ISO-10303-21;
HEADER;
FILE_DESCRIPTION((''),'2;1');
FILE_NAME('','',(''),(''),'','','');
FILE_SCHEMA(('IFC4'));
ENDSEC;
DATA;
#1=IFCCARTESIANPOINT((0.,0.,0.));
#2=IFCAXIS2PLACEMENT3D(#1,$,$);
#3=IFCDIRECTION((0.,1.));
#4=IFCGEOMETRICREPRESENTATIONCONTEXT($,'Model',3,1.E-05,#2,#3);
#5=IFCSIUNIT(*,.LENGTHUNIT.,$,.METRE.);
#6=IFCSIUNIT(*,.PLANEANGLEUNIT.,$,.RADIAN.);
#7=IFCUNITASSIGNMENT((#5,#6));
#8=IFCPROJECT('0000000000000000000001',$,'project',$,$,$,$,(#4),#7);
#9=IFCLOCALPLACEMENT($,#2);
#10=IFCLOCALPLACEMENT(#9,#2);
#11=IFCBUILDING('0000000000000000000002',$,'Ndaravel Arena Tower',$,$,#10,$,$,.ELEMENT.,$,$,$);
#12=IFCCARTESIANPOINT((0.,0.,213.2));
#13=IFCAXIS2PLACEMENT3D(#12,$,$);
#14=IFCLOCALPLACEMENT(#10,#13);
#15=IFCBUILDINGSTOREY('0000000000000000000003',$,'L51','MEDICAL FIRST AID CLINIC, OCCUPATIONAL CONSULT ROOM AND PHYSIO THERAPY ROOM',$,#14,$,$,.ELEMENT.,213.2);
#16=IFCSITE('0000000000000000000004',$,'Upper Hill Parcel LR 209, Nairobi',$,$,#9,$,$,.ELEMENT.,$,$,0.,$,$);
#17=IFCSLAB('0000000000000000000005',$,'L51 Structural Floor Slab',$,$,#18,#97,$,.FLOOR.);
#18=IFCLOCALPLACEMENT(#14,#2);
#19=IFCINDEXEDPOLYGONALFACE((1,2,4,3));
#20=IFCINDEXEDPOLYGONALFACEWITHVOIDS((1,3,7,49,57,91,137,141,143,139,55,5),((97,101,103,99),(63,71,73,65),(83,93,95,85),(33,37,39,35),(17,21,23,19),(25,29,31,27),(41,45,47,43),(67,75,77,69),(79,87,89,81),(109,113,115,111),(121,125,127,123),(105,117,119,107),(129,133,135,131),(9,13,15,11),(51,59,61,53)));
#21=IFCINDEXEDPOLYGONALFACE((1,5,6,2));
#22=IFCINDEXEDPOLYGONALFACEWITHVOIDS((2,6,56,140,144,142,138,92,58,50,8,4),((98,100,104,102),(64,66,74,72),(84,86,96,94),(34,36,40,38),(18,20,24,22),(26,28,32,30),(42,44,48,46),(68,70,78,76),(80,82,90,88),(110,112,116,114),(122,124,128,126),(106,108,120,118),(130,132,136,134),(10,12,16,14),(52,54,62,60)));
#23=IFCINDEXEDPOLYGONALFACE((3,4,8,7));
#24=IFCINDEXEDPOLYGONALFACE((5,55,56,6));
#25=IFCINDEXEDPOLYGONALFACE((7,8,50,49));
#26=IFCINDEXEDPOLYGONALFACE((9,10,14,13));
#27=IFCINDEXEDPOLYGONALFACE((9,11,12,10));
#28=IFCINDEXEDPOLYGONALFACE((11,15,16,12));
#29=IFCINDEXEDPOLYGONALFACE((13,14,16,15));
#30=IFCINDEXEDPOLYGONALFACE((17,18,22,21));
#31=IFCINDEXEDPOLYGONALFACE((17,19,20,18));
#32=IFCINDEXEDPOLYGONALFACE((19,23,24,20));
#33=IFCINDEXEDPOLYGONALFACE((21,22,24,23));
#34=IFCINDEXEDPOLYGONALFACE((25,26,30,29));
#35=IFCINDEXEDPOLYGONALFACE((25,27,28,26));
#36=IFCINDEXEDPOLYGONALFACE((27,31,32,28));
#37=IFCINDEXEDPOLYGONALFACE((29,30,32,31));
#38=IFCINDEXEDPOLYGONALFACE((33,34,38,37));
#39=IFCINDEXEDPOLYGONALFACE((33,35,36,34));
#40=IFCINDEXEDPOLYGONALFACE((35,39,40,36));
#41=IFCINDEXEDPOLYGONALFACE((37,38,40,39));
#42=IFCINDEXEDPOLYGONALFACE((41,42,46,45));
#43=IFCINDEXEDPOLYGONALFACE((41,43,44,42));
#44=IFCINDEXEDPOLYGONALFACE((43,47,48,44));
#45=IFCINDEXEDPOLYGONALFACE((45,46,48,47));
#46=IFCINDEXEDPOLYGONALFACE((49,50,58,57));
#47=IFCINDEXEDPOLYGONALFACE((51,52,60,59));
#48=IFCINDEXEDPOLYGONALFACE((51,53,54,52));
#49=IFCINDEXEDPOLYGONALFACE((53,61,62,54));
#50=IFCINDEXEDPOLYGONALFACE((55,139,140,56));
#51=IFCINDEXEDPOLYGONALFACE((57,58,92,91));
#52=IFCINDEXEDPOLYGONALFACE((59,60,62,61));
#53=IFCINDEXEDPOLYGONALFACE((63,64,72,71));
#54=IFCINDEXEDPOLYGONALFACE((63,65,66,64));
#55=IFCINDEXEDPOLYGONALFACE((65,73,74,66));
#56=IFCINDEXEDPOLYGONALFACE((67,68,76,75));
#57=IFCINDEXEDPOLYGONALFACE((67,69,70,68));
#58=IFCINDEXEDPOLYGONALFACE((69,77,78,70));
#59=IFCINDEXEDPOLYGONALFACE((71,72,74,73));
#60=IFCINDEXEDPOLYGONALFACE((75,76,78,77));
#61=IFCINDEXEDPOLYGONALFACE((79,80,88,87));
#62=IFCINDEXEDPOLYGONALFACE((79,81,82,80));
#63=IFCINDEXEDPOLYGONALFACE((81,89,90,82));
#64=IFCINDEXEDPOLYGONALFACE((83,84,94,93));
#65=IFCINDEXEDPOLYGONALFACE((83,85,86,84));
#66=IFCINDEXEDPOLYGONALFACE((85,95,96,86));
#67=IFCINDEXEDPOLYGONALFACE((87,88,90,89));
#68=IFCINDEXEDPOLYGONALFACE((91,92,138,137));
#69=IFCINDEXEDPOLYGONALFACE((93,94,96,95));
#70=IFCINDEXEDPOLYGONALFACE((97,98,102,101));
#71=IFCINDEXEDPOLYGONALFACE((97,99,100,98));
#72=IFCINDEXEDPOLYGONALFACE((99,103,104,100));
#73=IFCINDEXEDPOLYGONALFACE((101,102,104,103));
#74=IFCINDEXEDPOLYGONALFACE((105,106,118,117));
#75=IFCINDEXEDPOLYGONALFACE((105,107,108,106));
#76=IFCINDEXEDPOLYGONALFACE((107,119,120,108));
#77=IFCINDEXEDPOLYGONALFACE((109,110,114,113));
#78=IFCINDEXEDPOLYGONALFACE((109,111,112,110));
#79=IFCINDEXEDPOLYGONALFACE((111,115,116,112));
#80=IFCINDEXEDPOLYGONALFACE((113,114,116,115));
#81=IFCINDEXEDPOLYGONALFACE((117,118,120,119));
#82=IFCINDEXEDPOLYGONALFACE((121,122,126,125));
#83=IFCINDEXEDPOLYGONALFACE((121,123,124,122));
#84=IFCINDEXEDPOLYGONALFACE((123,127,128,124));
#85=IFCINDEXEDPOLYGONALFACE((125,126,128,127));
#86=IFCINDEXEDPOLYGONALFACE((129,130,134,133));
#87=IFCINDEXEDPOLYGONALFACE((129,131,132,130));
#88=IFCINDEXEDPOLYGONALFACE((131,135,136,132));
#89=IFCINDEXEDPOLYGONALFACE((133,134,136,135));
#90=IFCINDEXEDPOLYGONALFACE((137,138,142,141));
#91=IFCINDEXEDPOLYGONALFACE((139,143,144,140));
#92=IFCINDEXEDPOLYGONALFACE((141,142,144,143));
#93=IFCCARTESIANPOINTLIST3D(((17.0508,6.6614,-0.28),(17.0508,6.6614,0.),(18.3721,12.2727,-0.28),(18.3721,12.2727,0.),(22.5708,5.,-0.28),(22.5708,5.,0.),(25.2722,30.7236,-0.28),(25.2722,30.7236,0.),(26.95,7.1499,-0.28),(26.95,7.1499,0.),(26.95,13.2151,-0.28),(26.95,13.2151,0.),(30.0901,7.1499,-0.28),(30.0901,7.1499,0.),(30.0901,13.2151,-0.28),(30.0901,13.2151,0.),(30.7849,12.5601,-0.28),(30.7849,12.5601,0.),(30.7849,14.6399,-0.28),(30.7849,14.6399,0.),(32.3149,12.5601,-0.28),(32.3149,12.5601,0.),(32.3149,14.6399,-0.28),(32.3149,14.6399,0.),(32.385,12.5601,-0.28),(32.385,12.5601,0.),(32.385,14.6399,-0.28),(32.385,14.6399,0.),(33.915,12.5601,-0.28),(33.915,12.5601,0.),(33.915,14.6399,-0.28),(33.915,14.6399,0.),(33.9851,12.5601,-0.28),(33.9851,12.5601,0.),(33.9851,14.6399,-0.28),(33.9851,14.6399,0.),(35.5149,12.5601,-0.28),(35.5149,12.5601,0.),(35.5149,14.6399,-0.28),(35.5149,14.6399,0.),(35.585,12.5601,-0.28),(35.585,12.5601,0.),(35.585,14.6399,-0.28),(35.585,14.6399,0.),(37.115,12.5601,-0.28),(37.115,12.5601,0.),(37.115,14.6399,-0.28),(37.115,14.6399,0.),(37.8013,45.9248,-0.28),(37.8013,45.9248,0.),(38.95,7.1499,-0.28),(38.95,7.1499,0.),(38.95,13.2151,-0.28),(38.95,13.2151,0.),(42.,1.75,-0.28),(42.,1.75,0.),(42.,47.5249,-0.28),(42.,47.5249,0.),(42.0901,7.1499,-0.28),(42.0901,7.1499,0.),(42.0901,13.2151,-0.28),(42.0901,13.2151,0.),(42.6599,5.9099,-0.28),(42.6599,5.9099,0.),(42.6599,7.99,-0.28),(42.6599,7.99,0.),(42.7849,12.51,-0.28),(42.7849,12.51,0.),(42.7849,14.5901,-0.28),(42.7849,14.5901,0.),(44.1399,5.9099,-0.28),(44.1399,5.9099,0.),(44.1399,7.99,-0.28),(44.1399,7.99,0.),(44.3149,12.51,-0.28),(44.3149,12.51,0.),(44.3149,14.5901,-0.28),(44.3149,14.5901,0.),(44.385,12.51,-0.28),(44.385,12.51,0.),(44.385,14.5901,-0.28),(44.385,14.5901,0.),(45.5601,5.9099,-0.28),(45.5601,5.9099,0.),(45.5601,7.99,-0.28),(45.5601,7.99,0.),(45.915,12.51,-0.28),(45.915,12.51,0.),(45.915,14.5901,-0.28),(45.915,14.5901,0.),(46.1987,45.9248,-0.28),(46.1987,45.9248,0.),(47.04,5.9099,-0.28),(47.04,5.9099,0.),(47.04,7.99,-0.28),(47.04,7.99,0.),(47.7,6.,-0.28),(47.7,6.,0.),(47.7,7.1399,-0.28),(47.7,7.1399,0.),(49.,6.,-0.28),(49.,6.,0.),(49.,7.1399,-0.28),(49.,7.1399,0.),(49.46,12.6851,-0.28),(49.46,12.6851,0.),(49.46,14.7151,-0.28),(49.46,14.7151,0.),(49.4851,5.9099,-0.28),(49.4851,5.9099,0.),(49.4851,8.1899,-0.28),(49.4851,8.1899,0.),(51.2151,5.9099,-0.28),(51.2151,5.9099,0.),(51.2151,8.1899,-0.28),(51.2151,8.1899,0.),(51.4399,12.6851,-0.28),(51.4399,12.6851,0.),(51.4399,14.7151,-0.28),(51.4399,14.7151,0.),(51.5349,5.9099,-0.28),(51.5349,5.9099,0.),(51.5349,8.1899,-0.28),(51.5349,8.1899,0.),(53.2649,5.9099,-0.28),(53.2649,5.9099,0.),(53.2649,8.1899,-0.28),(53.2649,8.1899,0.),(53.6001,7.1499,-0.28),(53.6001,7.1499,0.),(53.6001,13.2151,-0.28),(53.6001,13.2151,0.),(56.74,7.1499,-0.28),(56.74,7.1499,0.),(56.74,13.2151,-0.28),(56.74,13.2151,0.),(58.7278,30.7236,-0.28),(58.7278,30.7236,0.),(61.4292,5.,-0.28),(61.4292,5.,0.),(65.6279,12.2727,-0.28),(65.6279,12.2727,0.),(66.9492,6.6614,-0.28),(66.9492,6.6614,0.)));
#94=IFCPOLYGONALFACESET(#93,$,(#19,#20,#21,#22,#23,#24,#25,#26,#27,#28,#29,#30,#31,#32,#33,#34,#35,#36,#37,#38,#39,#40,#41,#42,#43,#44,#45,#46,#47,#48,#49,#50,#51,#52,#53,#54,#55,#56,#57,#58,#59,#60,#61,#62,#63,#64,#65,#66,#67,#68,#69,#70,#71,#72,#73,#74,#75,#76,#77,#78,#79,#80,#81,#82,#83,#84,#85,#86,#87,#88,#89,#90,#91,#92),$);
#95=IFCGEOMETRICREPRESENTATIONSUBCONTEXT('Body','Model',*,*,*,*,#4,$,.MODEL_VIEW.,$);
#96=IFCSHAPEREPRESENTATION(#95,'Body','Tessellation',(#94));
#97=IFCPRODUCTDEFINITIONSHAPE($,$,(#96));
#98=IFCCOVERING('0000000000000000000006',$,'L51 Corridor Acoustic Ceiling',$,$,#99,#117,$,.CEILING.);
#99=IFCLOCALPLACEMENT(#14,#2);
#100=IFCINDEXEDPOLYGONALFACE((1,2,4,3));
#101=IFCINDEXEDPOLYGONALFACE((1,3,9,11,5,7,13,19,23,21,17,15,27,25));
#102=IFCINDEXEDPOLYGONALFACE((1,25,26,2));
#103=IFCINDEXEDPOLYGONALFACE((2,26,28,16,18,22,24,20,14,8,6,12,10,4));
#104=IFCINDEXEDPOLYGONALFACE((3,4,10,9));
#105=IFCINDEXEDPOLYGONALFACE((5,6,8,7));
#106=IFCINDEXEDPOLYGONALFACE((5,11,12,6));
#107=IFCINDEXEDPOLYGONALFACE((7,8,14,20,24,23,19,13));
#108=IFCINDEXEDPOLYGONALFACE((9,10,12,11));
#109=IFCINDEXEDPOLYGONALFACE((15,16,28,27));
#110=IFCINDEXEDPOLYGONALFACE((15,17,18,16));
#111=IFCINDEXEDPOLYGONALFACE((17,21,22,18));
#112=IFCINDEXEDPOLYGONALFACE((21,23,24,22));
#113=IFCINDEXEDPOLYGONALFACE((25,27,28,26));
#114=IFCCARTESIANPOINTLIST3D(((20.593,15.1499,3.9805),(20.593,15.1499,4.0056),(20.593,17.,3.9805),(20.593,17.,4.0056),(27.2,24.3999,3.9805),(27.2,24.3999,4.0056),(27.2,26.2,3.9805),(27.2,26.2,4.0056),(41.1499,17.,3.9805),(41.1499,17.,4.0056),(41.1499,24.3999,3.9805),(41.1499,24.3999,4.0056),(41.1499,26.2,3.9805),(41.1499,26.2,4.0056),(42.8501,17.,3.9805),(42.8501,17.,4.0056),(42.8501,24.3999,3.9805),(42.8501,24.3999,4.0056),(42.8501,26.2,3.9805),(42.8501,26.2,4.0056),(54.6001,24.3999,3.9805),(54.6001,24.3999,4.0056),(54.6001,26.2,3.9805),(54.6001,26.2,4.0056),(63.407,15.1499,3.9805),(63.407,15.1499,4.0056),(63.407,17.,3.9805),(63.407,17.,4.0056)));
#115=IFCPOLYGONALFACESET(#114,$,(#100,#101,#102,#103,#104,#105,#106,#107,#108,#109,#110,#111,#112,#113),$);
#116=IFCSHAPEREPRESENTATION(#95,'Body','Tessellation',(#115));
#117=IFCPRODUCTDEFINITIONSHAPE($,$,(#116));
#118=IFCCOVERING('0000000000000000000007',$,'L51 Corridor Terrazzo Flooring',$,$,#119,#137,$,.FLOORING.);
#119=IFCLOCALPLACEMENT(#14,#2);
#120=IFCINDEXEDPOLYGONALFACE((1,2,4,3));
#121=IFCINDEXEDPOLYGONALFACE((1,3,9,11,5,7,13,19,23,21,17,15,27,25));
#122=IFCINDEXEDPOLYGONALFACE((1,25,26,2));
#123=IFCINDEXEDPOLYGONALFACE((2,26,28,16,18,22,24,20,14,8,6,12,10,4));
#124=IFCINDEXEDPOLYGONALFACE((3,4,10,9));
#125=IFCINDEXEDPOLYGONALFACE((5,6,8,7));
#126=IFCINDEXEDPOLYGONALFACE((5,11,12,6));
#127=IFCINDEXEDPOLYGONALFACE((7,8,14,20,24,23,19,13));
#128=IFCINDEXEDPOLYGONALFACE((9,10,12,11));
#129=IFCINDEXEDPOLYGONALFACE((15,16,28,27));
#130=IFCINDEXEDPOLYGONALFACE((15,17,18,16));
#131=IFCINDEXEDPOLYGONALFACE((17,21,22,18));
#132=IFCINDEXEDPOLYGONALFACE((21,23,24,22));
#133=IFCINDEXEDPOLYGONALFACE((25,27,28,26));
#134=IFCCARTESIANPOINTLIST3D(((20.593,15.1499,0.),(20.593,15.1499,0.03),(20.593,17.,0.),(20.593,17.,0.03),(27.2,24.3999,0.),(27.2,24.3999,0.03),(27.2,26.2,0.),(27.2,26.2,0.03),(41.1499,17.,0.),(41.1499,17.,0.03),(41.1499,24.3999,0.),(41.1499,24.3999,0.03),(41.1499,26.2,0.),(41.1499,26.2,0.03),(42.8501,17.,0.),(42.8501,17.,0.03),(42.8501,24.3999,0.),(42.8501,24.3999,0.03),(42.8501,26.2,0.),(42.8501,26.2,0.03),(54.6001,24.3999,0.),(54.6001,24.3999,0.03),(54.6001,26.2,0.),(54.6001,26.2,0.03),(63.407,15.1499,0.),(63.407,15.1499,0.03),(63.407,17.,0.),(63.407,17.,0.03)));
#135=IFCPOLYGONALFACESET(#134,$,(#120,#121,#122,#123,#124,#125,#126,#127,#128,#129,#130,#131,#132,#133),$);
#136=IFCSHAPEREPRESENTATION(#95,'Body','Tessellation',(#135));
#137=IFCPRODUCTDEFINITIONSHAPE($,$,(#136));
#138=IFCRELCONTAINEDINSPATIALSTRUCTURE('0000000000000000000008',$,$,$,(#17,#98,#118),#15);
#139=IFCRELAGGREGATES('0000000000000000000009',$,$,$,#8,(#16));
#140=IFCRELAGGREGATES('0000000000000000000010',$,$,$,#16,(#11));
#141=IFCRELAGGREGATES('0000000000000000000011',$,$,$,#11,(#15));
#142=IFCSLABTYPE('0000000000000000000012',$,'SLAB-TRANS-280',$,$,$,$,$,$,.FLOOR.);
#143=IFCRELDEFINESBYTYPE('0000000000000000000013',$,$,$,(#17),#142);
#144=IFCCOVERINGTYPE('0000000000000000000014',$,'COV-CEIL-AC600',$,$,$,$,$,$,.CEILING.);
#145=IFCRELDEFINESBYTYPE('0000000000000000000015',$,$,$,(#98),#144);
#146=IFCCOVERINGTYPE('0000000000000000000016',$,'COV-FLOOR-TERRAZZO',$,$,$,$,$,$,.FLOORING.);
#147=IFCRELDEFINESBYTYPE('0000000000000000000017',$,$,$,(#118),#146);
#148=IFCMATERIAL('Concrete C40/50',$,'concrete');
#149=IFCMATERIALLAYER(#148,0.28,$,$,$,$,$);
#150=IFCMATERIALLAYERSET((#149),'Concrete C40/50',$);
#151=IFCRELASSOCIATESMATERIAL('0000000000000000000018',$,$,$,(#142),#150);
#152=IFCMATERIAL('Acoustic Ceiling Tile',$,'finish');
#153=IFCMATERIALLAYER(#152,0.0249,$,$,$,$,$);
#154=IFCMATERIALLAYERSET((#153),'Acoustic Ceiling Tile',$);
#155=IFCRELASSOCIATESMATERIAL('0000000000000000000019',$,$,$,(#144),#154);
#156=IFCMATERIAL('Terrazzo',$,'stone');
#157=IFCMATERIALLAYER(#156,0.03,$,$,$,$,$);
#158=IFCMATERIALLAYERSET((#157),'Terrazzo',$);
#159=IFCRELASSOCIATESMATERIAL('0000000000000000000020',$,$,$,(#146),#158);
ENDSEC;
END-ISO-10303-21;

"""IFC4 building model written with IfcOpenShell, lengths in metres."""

from ifc_helpers import new_model, si_unit, direction, frame, origin, place, context, subcontext, project, spatial, polyline, outline, extrude, material, layer, layer_set, type_object, element, save


model = new_model("IFC4")

# Units and contexts
model_context = context("Model", 3, precision=1e-05, world=origin(), true_north=direction((0.0, 1.0)))
body_context = subcontext(model_context, "Body", "Model", "MODEL_VIEW")
ifc_project = project(units=[si_unit("LENGTHUNIT", "METRE"), si_unit("PLANEANGLEUNIT", "RADIAN")], contexts=[model_context])

# Site, building, storey
site_placement = place(None, origin())
site = spatial("IfcSite", under=ifc_project, at=site_placement, Name="Upper Hill Parcel LR 209, Nairobi", CompositionType="ELEMENT", RefElevation=0.0)
building_placement = place(site_placement, origin())
building = spatial("IfcBuilding", under=site, at=building_placement, Name="Ndaravel Arena Tower", CompositionType="ELEMENT")
storey_placement = place(building_placement, frame((0.0, 0.0, 213.2)))
storey = spatial("IfcBuildingStorey", under=building, at=storey_placement, Name="L51", Description="MEDICAL FIRST AID CLINIC, OCCUPATIONAL CONSULT ROOM AND PHYSIO THERAPY ROOM", CompositionType="ELEMENT", Elevation=213.2)

# Slab
ifc_material_1 = material(Name="Concrete C40/50", Category="concrete")
ifc_layer_1 = layer(ifc_material_1, 0.28)
ifc_layer_set_1 = layer_set([ifc_layer_1], Name="Concrete C40/50")
slab_type_1 = type_object("IfcSlabType", Name="SLAB-TRANS-280", PredefinedType="FLOOR", material=ifc_layer_set_1)
slab_1_placement = place(storey_placement, frame((0.0, 0.0, -0.28)))
element("IfcSlab", 1, at=slab_1_placement, inside=storey, type_object=slab_type_1, Name="L51 Structural Floor Slab", PredefinedType="FLOOR", context=body_context, shape_type="SweptSolid", body=[
    extrude(outline(polyline([(18.3721, 12.2727), (17.0508, 6.6614), (22.5708, 5.0), (42.0, 1.75), (61.4292, 5.0), (66.9492, 6.6614), (65.6279, 12.2727), (58.7278, 30.7236), (46.1987, 45.9248), (42.0, 47.5249), (37.8013, 45.9248), (25.2722, 30.7236), (18.3721, 12.2727)]), holes=[polyline([(26.95, 13.2151), (26.95, 7.1499), (30.0901, 7.1499), (30.0901, 13.2151), (26.95, 13.2151)]), polyline([(38.95, 13.2151), (38.95, 7.1499), (42.0901, 7.1499), (42.0901, 13.2151), (38.95, 13.2151)]), polyline([(53.6001, 13.2151), (53.6001, 7.1499), (56.74, 7.1499), (56.74, 13.2151), (53.6001, 13.2151)]), polyline([(30.7849, 12.5601), (32.3149, 12.5601), (32.3149, 14.6399), (30.7849, 14.6399), (30.7849, 12.5601)]), polyline([(32.385, 12.5601), (33.915, 12.5601), (33.915, 14.6399), (32.385, 14.6399), (32.385, 12.5601)]), polyline([(33.9851, 12.5601), (35.5149, 12.5601), (35.5149, 14.6399), (33.9851, 14.6399), (33.9851, 12.5601)]), polyline([(35.585, 12.5601), (37.115, 12.5601), (37.115, 14.6399), (35.585, 14.6399), (35.585, 12.5601)]), polyline([(42.6599, 5.9099), (44.1399, 5.9099), (44.1399, 7.99), (42.6599, 7.99), (42.6599, 5.9099)]), polyline([(45.5601, 5.9099), (47.04, 5.9099), (47.04, 7.99), (45.5601, 7.99), (45.5601, 5.9099)]), polyline([(42.7849, 12.51), (44.3149, 12.51), (44.3149, 14.5901), (42.7849, 14.5901), (42.7849, 12.51)]), polyline([(44.385, 12.51), (45.915, 12.51), (45.915, 14.5901), (44.385, 14.5901), (44.385, 12.51)]), polyline([(49.4851, 5.9099), (51.2151, 5.9099), (51.2151, 8.1899), (49.4851, 8.1899), (49.4851, 5.9099)]), polyline([(51.5349, 5.9099), (53.2649, 5.9099), (53.2649, 8.1899), (51.5349, 8.1899), (51.5349, 5.9099)]), polyline([(49.46, 12.6851), (51.4399, 12.6851), (51.4399, 14.7151), (49.46, 14.7151), (49.46, 12.6851)]), polyline([(47.7, 6.0), (49.0, 6.0), (49.0, 7.1399), (47.7, 7.1399), (47.7, 6.0)])]), origin(), (0.0, 0.0, 1.0), 0.28),
])

# Coverings
ifc_material_2 = material(Name="Acoustic Ceiling Tile", Category="finish")
ifc_layer_2 = layer(ifc_material_2, 0.0249)
ifc_layer_set_2 = layer_set([ifc_layer_2], Name="Acoustic Ceiling Tile")
covering_type_1 = type_object("IfcCoveringType", Name="COV-CEIL-AC600", PredefinedType="CEILING", material=ifc_layer_set_2)
covering_1_placement = place(storey_placement, frame((0.0, 0.0, 3.9805)))
element("IfcCovering", 2, at=covering_1_placement, inside=storey, type_object=covering_type_1, Name="L51 Corridor Acoustic Ceiling", PredefinedType="CEILING", context=body_context, shape_type="SweptSolid", body=[
    extrude(outline(polyline([(63.407, 17.0), (42.8501, 17.0), (42.8501, 24.3999), (54.6001, 24.3999), (54.6001, 26.2), (42.8501, 26.2), (41.1499, 26.2), (27.2, 26.2), (27.2, 24.3999), (41.1499, 24.3999), (41.1499, 17.0), (20.593, 17.0), (20.593, 15.1499), (63.407, 15.1499), (63.407, 17.0)])), origin(), (0.0, 0.0, 1.0), 0.0251),
])
ifc_material_3 = material(Name="Terrazzo", Category="stone")
ifc_layer_3 = layer(ifc_material_3, 0.03)
ifc_layer_set_3 = layer_set([ifc_layer_3], Name="Terrazzo")
covering_type_2 = type_object("IfcCoveringType", Name="COV-FLOOR-TERRAZZO", PredefinedType="FLOORING", material=ifc_layer_set_3)
covering_2_placement = place(storey_placement, origin())
element("IfcCovering", 3, at=covering_2_placement, inside=storey, type_object=covering_type_2, Name="L51 Corridor Terrazzo Flooring", PredefinedType="FLOORING", context=body_context, shape_type="SweptSolid", body=[
    extrude(outline(polyline([(63.407, 17.0), (42.8501, 17.0), (42.8501, 24.3999), (54.6001, 24.3999), (54.6001, 26.2), (42.8501, 26.2), (41.1499, 26.2), (27.2, 26.2), (27.2, 24.3999), (41.1499, 24.3999), (41.1499, 17.0), (20.593, 17.0), (20.593, 15.1499), (63.407, 15.1499), (63.407, 17.0)])), origin(), (0.0, 0.0, 1.0), 0.03),
])

save(model, "model.ifc")
